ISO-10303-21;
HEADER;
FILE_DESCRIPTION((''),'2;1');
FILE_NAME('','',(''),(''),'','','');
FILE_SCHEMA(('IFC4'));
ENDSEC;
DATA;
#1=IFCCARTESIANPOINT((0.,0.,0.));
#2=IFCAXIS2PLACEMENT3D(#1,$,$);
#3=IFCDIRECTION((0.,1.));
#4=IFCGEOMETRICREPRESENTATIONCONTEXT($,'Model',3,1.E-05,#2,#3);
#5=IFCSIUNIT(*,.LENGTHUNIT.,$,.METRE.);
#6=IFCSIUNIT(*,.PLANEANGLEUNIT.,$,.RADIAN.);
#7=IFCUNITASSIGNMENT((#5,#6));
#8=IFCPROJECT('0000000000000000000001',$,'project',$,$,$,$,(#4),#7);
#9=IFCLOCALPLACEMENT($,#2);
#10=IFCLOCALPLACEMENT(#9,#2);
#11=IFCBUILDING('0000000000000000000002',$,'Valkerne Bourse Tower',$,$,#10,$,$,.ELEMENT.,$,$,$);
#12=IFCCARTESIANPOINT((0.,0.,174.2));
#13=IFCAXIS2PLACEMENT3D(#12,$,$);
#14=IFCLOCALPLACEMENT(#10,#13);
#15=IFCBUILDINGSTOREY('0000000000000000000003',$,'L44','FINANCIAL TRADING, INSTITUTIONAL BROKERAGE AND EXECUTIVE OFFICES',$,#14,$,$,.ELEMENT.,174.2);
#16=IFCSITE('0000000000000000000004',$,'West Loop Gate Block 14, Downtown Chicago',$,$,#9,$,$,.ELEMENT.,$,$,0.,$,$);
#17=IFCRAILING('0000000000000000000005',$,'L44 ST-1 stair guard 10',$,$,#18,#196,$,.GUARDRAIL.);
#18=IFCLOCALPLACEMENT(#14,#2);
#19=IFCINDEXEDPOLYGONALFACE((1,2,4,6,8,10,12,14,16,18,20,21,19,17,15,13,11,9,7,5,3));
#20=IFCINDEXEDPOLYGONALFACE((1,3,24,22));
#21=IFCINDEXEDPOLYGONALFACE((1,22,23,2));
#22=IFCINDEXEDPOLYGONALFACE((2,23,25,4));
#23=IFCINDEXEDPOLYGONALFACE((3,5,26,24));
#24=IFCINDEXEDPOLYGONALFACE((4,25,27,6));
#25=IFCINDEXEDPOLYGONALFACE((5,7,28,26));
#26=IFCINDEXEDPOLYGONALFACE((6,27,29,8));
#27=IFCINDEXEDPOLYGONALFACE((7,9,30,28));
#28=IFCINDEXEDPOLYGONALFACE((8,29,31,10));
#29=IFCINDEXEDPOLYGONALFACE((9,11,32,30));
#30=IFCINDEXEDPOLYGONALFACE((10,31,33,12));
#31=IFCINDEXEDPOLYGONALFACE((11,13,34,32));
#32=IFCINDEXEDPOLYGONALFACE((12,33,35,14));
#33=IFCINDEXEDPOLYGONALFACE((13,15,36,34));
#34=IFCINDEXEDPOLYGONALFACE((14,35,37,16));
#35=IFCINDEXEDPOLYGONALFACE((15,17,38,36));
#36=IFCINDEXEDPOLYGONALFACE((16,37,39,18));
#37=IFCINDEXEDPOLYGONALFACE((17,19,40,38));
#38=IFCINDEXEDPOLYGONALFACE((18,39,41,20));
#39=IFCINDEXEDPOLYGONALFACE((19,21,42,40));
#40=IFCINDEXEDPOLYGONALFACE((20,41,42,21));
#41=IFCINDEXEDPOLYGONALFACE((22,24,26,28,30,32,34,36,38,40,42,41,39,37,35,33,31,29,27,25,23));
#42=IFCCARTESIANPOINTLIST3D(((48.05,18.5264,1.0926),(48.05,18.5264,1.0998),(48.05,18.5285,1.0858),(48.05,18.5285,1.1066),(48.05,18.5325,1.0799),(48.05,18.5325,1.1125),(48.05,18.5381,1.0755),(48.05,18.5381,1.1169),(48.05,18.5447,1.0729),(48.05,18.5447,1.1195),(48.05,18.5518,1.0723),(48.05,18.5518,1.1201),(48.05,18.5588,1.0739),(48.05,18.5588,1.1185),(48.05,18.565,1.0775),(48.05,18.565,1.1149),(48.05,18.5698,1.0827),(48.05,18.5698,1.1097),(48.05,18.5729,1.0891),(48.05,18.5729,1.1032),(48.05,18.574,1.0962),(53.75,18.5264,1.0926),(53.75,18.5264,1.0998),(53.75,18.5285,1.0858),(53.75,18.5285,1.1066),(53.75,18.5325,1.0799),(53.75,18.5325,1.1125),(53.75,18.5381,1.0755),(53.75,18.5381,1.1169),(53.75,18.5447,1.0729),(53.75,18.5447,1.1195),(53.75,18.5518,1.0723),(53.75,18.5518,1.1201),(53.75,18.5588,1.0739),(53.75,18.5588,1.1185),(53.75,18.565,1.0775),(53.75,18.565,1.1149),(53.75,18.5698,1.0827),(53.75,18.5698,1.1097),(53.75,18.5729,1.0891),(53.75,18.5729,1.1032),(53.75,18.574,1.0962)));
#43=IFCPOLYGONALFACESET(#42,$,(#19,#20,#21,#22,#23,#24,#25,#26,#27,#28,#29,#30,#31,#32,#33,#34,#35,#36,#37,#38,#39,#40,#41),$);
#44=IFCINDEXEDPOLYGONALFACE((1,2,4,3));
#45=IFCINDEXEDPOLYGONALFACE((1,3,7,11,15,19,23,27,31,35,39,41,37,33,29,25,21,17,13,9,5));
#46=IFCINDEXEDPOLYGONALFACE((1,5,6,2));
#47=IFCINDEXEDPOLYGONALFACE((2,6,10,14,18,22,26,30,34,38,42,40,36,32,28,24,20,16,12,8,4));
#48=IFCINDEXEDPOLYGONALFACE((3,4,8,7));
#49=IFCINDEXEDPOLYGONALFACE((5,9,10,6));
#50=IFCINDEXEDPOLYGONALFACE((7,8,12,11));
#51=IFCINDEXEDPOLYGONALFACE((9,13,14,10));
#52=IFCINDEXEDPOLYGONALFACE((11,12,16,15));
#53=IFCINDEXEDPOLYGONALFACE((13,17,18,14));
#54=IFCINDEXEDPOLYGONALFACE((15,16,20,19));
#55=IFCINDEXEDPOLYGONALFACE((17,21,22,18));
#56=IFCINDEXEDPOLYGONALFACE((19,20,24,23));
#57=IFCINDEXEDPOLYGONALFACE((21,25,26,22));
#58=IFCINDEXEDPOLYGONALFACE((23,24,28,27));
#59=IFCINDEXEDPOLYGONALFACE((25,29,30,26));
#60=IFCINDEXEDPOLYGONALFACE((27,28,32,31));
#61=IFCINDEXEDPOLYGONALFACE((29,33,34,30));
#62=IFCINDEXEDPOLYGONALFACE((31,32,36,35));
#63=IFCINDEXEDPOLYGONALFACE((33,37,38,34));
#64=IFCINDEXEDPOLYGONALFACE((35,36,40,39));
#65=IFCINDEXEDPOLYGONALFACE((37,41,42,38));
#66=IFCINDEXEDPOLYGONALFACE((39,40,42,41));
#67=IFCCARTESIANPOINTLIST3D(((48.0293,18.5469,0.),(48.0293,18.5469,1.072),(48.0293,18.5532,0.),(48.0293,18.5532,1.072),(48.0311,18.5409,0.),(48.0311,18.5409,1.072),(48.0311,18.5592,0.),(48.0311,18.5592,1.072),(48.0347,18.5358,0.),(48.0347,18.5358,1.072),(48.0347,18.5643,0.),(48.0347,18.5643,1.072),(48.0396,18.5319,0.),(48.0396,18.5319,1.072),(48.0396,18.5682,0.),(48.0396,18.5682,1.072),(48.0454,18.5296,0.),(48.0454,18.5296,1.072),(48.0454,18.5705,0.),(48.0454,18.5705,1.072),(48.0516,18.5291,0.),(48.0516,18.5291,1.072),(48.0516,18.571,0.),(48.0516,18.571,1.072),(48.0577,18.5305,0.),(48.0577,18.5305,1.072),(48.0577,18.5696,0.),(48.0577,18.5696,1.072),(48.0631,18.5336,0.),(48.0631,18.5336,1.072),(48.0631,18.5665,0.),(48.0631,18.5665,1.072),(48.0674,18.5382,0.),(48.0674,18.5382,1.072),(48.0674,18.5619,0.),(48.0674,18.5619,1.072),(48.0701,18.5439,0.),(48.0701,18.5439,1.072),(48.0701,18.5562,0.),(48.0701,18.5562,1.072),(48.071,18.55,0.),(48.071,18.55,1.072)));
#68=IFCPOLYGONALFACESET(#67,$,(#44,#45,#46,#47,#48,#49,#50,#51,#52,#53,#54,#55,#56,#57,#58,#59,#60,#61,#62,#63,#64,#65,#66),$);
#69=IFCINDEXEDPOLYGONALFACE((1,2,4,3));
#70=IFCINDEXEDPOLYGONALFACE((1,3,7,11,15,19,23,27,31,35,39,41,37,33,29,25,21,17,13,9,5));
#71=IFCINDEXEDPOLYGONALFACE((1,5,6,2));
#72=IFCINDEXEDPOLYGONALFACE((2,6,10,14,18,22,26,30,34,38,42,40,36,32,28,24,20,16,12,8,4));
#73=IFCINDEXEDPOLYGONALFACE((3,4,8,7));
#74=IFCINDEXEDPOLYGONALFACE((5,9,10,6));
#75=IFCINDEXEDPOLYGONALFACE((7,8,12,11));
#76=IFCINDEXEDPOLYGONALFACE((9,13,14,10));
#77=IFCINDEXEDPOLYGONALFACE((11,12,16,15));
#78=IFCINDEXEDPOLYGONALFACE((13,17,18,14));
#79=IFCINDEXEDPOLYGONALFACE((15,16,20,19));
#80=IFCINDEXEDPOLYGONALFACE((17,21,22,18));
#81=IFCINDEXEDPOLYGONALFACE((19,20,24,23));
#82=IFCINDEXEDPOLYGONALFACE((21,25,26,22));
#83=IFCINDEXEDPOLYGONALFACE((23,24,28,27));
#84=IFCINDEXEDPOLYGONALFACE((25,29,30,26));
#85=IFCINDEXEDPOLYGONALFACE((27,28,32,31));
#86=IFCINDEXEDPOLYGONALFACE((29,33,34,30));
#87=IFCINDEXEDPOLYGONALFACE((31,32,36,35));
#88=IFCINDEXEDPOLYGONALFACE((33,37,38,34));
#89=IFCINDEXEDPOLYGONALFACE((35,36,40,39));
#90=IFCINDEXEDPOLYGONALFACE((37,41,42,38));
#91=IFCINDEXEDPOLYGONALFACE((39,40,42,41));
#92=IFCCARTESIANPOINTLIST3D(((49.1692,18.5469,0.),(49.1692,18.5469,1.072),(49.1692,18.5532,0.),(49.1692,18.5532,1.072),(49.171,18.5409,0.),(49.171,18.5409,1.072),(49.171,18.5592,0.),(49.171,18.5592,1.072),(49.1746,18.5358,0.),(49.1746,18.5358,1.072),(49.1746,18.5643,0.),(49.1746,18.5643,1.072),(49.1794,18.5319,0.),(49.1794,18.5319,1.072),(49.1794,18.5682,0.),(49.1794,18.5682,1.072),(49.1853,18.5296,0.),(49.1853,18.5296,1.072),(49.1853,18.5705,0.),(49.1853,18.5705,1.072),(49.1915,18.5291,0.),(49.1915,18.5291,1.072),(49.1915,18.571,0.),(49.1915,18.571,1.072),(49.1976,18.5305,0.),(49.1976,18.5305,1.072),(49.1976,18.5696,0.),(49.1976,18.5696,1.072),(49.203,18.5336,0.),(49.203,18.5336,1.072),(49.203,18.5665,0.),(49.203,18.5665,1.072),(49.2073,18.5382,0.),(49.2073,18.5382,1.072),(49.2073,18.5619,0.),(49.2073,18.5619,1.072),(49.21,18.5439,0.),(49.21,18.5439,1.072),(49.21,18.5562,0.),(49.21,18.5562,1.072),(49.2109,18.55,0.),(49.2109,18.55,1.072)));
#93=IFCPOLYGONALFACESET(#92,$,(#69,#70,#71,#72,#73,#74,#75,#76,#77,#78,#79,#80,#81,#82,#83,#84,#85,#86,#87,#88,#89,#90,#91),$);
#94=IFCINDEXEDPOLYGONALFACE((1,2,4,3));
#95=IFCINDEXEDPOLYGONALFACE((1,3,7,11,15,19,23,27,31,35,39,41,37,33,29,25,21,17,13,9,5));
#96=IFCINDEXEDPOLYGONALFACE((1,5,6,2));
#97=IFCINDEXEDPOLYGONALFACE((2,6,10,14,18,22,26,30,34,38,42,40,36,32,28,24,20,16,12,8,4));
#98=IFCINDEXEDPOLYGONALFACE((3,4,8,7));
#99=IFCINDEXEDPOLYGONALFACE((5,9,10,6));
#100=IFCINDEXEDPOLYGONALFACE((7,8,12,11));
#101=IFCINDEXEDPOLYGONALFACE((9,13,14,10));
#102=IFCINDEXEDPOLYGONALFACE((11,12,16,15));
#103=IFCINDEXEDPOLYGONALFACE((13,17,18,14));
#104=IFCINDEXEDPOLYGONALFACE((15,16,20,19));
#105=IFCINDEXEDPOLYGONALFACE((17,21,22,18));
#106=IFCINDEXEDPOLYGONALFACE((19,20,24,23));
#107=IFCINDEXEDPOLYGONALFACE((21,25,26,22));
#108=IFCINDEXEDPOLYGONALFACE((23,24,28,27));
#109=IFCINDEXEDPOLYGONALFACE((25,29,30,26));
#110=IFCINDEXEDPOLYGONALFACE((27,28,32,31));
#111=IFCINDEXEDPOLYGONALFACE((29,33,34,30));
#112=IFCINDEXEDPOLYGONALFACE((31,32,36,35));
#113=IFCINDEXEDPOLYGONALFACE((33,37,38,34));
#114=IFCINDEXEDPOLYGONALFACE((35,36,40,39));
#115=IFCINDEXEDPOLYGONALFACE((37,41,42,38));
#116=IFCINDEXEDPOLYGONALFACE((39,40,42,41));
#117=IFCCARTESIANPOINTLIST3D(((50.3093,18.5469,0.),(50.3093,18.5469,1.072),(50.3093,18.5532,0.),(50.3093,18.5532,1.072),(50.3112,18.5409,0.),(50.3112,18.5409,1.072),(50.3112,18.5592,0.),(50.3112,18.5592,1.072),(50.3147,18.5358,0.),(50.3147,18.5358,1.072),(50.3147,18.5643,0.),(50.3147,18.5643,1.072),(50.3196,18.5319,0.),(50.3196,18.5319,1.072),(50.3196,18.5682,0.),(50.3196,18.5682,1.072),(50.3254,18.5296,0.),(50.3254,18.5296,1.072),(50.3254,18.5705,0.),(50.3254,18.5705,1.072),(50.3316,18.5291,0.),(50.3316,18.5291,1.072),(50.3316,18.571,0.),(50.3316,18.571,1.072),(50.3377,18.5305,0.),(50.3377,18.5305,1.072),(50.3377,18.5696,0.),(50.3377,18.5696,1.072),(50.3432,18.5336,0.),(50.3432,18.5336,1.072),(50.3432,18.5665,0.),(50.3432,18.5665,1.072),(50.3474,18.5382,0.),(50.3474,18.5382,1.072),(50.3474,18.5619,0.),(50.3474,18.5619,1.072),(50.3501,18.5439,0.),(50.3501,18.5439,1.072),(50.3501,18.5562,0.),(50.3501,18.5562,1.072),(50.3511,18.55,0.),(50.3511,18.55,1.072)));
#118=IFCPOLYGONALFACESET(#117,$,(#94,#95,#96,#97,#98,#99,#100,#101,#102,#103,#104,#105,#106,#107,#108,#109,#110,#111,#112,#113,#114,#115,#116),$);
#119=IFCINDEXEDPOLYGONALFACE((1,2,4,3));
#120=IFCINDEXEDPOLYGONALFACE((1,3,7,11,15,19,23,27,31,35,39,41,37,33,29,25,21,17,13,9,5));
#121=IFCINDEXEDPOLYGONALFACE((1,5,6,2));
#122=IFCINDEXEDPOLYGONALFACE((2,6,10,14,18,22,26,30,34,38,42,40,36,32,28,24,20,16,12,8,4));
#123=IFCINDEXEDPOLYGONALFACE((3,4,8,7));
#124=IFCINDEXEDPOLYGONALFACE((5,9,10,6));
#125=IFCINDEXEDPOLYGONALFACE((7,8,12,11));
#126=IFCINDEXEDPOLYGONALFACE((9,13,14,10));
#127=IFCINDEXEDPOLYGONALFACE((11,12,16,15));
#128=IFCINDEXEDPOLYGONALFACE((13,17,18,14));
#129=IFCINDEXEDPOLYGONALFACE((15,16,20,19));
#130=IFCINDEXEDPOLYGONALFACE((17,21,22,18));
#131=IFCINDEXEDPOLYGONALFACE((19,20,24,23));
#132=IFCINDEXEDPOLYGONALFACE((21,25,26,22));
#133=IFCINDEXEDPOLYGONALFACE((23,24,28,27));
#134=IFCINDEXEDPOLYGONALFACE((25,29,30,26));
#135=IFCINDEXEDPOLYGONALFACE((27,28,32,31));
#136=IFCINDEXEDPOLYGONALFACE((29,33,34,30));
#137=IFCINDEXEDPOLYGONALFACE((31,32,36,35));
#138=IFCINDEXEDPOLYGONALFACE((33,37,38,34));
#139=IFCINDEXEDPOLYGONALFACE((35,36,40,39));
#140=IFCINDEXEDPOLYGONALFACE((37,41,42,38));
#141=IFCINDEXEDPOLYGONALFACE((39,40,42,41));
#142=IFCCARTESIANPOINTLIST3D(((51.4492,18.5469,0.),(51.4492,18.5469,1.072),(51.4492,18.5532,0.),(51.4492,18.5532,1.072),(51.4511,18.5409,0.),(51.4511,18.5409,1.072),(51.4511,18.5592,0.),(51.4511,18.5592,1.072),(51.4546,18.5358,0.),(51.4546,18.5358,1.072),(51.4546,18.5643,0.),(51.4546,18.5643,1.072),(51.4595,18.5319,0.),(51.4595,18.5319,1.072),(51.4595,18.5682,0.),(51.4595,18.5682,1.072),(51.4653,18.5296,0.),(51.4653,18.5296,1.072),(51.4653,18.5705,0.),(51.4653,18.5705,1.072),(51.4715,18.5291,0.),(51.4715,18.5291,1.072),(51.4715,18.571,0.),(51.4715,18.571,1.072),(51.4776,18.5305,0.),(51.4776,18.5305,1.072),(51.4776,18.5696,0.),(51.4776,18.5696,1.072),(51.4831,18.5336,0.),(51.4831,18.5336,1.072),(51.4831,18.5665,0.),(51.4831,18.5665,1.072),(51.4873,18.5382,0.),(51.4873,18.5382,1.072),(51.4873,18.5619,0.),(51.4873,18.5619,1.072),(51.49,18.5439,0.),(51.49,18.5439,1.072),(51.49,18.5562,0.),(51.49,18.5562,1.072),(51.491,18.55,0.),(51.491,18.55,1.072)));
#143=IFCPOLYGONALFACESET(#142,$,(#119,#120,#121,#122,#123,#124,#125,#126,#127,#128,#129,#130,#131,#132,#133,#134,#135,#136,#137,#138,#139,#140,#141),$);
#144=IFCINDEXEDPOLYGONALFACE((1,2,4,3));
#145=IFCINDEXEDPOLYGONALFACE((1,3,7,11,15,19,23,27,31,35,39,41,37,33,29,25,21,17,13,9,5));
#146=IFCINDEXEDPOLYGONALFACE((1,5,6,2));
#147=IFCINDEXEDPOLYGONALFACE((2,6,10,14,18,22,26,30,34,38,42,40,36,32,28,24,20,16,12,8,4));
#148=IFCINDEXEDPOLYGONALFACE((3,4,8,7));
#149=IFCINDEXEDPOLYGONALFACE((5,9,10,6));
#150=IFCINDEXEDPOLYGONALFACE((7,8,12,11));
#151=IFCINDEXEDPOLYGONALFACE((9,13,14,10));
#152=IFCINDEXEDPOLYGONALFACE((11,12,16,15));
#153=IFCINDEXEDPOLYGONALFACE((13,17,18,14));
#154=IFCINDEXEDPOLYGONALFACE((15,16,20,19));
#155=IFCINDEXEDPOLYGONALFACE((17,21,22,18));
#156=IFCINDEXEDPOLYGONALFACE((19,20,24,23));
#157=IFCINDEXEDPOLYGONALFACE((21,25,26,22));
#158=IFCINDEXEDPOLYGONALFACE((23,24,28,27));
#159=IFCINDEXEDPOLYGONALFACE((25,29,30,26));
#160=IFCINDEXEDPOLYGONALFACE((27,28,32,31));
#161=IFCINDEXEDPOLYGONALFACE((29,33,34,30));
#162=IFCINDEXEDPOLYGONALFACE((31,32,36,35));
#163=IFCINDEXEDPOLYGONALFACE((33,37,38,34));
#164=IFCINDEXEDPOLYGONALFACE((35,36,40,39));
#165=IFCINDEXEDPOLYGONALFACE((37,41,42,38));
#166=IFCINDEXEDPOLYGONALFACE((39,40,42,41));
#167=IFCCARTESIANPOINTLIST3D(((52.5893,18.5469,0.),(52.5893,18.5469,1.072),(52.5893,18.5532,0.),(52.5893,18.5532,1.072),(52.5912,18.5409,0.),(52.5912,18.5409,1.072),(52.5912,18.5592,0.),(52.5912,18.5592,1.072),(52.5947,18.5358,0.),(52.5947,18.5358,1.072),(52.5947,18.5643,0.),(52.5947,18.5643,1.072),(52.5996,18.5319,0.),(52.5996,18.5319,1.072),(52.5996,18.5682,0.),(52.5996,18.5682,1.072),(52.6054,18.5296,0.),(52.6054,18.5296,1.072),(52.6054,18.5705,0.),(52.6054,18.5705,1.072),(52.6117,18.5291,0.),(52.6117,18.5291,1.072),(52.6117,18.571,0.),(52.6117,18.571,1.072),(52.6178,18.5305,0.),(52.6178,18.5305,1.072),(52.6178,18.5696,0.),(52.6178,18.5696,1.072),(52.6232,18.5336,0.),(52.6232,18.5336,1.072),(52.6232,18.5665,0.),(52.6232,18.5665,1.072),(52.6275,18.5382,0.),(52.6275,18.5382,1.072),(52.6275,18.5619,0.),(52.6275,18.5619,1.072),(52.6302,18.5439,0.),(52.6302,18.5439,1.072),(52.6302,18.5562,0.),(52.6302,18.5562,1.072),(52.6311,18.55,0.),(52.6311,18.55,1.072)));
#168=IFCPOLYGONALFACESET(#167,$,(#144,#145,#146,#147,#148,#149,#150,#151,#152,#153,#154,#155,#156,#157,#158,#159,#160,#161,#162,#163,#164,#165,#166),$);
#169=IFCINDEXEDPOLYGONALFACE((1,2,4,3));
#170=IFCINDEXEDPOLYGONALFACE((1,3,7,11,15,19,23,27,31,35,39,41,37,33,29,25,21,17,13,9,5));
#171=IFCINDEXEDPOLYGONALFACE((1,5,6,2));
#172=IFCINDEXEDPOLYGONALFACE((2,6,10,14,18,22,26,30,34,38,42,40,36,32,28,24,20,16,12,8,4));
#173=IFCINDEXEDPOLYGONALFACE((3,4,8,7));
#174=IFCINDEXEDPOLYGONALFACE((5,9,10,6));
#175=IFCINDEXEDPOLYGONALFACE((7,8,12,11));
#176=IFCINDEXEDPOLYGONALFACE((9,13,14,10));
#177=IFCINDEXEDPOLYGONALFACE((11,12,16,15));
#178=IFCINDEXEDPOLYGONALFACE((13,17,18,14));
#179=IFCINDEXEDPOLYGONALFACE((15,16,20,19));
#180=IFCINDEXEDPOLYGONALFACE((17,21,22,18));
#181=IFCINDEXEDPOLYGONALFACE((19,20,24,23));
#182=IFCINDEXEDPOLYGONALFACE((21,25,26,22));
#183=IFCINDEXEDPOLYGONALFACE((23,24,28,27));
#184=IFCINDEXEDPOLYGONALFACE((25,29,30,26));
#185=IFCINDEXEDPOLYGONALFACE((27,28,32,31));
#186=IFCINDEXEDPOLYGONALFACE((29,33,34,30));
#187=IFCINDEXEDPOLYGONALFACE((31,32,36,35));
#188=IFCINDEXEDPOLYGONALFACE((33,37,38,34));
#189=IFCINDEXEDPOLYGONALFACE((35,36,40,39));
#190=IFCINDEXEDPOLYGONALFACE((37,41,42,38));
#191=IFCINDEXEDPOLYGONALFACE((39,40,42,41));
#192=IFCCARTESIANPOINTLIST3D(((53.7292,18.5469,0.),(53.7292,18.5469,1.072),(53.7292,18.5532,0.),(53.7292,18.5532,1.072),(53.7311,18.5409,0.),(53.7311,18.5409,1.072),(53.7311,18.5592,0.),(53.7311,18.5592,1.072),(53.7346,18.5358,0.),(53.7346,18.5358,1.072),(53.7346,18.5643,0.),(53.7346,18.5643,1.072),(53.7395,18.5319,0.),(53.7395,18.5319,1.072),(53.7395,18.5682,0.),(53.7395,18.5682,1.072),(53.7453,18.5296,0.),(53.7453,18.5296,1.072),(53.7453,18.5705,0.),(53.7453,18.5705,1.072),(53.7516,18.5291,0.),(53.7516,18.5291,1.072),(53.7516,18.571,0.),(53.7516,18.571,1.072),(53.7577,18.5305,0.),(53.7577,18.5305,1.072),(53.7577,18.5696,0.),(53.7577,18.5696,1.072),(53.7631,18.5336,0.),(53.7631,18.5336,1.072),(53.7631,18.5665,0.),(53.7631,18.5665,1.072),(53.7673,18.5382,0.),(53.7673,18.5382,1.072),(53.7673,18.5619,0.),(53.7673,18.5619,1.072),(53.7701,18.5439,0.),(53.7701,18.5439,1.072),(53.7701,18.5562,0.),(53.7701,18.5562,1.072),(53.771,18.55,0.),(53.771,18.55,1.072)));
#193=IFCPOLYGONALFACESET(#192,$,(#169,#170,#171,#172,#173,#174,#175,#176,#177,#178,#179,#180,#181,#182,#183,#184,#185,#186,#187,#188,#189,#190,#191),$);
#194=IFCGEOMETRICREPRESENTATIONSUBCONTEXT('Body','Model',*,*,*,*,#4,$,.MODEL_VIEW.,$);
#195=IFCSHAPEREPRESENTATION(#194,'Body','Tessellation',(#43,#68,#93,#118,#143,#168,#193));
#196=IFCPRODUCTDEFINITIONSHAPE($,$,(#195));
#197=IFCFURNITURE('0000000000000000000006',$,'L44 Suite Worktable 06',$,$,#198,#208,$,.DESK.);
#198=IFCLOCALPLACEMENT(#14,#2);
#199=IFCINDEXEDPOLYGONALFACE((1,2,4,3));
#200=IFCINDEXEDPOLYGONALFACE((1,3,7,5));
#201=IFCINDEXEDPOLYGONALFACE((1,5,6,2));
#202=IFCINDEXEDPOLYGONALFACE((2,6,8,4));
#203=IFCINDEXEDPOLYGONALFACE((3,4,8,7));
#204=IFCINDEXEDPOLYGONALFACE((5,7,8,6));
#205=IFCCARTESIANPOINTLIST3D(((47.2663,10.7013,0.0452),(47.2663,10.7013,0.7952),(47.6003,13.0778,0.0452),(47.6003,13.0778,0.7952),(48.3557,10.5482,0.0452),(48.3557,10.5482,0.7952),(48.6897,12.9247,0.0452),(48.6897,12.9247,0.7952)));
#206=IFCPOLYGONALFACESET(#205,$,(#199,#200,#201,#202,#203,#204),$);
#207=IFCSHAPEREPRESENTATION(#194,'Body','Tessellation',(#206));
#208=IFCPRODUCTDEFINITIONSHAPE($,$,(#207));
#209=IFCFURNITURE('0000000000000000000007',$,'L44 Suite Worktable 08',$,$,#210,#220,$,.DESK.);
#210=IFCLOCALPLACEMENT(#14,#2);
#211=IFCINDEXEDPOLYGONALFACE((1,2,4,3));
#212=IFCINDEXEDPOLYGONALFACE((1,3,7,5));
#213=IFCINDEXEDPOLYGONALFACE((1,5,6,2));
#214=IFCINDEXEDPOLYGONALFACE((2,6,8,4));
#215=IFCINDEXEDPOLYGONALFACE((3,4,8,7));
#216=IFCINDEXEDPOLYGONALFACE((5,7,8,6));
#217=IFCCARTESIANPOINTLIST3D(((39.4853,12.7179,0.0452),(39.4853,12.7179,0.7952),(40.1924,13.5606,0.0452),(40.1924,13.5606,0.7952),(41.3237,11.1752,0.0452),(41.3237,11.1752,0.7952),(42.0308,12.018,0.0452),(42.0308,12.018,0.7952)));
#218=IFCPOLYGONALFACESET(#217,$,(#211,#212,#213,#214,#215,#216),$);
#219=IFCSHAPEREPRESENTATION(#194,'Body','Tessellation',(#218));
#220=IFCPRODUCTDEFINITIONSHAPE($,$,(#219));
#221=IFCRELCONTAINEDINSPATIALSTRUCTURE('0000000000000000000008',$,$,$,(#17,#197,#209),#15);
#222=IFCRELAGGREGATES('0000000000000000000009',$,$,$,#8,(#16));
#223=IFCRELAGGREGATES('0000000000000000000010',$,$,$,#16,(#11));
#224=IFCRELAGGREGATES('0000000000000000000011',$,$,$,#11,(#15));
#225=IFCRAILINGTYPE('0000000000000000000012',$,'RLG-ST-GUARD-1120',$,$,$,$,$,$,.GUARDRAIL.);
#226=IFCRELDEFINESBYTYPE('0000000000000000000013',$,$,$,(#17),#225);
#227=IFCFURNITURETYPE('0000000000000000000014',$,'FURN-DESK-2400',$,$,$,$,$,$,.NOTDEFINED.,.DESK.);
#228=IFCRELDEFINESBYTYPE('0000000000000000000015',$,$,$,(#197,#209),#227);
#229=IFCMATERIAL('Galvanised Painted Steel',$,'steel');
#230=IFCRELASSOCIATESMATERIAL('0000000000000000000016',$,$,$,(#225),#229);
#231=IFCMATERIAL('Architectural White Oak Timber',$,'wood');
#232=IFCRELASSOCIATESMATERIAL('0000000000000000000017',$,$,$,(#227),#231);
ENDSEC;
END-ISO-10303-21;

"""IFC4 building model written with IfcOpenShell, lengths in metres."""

from ifc_helpers import new_model, si_unit, direction, frame, origin, origin_2d, place, context, subcontext, project, spatial, rectangle, circle, extrude, material, type_object, element, save


model = new_model("IFC4")

# Units and contexts
model_context = context("Model", 3, precision=1e-05, world=origin(), true_north=direction((0.0, 1.0)))
body_context = subcontext(model_context, "Body", "Model", "MODEL_VIEW")
ifc_project = project(units=[si_unit("LENGTHUNIT", "METRE"), si_unit("PLANEANGLEUNIT", "RADIAN")], contexts=[model_context])

# Site, building, storey
site_placement = place(None, origin())
site = spatial("IfcSite", under=ifc_project, at=site_placement, Name="West Loop Gate Block 14, Downtown Chicago", CompositionType="ELEMENT", RefElevation=0.0)
building_placement = place(site_placement, origin())
building = spatial("IfcBuilding", under=site, at=building_placement, Name="Valkerne Bourse Tower", CompositionType="ELEMENT")
storey_placement = place(building_placement, frame((0.0, 0.0, 174.2)))
storey = spatial("IfcBuildingStorey", under=building, at=storey_placement, Name="L44", Description="FINANCIAL TRADING, INSTITUTIONAL BROKERAGE AND EXECUTIVE OFFICES", CompositionType="ELEMENT", Elevation=174.2)

# Railing
ifc_material_1 = material(Name="Galvanised Painted Steel", Category="steel")
railing_type = type_object("IfcRailingType", Name="RLG-ST-GUARD-1120", PredefinedType="GUARDRAIL", material=ifc_material_1)
railing_placement = place(storey_placement, frame((48.05, 18.55, 0.0)))
element("IfcRailing", 1, at=railing_placement, inside=storey, type_object=railing_type, Name="L44 ST-1 stair guard 10", PredefinedType="GUARDRAIL", context=body_context, shape_type="SweptSolid", body=[
    extrude(circle(Radius=0.0239, at=origin_2d()), frame((0.0, 0.0, 1.0962), z_axis=(1.0, 0.0, 0.0), x_axis=(0.0, 1.0, 0.0)), (0.0, 0.0, 1.0), 5.7),
    extrude(circle(Radius=0.021, at=origin_2d()), origin(), (0.0, 0.0, 1.0), 1.072),
    extrude(circle(Radius=0.021, at=origin_2d()), frame((1.1399, 0.0, 0.0)), (0.0, 0.0, 1.0), 1.072),
    extrude(circle(Radius=0.021, at=origin_2d()), frame((2.28, 0.0, 0.0)), (0.0, 0.0, 1.0), 1.072),
    extrude(circle(Radius=0.021, at=origin_2d()), frame((3.4199, 0.0, 0.0)), (0.0, 0.0, 1.0), 1.072),
    extrude(circle(Radius=0.021, at=origin_2d()), frame((4.5601, 0.0, 0.0)), (0.0, 0.0, 1.0), 1.072),
    extrude(circle(Radius=0.021, at=origin_2d()), frame((5.7, 0.0, 0.0)), (0.0, 0.0, 1.0), 1.072),
])

# Furniture
ifc_material_2 = material(Name="Architectural White Oak Timber", Category="wood")
furniture_type = type_object("IfcFurnitureType", Name="FURN-DESK-2400", AssemblyPlace="NOTDEFINED", PredefinedType="DESK", material=ifc_material_2)
for number, where, z_axis, x_axis, name in (
    (2, (47.978, 11.813, 0.0452), (0.0, 0.0, 1.0), (0.139173, 0.990268, 0.0), "L44 Suite Worktable 06"),
    (3, (40.7581, 12.3679, 0.0452), (0.0, 0.0, 1.0), (-0.766044, 0.642788, 0.0), "L44 Suite Worktable 08"),
):
    element("IfcFurniture", number, at=place(storey_placement, frame(where, z_axis=z_axis, x_axis=x_axis)), inside=storey, type_object=furniture_type, Name=name, PredefinedType="DESK", context=body_context, shape_type="SweptSolid", body=[
        extrude(rectangle(XDim=2.3999, YDim=1.1001, at=origin_2d()), origin(), (0.0, 0.0, 1.0), 0.75),
    ])

save(model, "model.ifc")
